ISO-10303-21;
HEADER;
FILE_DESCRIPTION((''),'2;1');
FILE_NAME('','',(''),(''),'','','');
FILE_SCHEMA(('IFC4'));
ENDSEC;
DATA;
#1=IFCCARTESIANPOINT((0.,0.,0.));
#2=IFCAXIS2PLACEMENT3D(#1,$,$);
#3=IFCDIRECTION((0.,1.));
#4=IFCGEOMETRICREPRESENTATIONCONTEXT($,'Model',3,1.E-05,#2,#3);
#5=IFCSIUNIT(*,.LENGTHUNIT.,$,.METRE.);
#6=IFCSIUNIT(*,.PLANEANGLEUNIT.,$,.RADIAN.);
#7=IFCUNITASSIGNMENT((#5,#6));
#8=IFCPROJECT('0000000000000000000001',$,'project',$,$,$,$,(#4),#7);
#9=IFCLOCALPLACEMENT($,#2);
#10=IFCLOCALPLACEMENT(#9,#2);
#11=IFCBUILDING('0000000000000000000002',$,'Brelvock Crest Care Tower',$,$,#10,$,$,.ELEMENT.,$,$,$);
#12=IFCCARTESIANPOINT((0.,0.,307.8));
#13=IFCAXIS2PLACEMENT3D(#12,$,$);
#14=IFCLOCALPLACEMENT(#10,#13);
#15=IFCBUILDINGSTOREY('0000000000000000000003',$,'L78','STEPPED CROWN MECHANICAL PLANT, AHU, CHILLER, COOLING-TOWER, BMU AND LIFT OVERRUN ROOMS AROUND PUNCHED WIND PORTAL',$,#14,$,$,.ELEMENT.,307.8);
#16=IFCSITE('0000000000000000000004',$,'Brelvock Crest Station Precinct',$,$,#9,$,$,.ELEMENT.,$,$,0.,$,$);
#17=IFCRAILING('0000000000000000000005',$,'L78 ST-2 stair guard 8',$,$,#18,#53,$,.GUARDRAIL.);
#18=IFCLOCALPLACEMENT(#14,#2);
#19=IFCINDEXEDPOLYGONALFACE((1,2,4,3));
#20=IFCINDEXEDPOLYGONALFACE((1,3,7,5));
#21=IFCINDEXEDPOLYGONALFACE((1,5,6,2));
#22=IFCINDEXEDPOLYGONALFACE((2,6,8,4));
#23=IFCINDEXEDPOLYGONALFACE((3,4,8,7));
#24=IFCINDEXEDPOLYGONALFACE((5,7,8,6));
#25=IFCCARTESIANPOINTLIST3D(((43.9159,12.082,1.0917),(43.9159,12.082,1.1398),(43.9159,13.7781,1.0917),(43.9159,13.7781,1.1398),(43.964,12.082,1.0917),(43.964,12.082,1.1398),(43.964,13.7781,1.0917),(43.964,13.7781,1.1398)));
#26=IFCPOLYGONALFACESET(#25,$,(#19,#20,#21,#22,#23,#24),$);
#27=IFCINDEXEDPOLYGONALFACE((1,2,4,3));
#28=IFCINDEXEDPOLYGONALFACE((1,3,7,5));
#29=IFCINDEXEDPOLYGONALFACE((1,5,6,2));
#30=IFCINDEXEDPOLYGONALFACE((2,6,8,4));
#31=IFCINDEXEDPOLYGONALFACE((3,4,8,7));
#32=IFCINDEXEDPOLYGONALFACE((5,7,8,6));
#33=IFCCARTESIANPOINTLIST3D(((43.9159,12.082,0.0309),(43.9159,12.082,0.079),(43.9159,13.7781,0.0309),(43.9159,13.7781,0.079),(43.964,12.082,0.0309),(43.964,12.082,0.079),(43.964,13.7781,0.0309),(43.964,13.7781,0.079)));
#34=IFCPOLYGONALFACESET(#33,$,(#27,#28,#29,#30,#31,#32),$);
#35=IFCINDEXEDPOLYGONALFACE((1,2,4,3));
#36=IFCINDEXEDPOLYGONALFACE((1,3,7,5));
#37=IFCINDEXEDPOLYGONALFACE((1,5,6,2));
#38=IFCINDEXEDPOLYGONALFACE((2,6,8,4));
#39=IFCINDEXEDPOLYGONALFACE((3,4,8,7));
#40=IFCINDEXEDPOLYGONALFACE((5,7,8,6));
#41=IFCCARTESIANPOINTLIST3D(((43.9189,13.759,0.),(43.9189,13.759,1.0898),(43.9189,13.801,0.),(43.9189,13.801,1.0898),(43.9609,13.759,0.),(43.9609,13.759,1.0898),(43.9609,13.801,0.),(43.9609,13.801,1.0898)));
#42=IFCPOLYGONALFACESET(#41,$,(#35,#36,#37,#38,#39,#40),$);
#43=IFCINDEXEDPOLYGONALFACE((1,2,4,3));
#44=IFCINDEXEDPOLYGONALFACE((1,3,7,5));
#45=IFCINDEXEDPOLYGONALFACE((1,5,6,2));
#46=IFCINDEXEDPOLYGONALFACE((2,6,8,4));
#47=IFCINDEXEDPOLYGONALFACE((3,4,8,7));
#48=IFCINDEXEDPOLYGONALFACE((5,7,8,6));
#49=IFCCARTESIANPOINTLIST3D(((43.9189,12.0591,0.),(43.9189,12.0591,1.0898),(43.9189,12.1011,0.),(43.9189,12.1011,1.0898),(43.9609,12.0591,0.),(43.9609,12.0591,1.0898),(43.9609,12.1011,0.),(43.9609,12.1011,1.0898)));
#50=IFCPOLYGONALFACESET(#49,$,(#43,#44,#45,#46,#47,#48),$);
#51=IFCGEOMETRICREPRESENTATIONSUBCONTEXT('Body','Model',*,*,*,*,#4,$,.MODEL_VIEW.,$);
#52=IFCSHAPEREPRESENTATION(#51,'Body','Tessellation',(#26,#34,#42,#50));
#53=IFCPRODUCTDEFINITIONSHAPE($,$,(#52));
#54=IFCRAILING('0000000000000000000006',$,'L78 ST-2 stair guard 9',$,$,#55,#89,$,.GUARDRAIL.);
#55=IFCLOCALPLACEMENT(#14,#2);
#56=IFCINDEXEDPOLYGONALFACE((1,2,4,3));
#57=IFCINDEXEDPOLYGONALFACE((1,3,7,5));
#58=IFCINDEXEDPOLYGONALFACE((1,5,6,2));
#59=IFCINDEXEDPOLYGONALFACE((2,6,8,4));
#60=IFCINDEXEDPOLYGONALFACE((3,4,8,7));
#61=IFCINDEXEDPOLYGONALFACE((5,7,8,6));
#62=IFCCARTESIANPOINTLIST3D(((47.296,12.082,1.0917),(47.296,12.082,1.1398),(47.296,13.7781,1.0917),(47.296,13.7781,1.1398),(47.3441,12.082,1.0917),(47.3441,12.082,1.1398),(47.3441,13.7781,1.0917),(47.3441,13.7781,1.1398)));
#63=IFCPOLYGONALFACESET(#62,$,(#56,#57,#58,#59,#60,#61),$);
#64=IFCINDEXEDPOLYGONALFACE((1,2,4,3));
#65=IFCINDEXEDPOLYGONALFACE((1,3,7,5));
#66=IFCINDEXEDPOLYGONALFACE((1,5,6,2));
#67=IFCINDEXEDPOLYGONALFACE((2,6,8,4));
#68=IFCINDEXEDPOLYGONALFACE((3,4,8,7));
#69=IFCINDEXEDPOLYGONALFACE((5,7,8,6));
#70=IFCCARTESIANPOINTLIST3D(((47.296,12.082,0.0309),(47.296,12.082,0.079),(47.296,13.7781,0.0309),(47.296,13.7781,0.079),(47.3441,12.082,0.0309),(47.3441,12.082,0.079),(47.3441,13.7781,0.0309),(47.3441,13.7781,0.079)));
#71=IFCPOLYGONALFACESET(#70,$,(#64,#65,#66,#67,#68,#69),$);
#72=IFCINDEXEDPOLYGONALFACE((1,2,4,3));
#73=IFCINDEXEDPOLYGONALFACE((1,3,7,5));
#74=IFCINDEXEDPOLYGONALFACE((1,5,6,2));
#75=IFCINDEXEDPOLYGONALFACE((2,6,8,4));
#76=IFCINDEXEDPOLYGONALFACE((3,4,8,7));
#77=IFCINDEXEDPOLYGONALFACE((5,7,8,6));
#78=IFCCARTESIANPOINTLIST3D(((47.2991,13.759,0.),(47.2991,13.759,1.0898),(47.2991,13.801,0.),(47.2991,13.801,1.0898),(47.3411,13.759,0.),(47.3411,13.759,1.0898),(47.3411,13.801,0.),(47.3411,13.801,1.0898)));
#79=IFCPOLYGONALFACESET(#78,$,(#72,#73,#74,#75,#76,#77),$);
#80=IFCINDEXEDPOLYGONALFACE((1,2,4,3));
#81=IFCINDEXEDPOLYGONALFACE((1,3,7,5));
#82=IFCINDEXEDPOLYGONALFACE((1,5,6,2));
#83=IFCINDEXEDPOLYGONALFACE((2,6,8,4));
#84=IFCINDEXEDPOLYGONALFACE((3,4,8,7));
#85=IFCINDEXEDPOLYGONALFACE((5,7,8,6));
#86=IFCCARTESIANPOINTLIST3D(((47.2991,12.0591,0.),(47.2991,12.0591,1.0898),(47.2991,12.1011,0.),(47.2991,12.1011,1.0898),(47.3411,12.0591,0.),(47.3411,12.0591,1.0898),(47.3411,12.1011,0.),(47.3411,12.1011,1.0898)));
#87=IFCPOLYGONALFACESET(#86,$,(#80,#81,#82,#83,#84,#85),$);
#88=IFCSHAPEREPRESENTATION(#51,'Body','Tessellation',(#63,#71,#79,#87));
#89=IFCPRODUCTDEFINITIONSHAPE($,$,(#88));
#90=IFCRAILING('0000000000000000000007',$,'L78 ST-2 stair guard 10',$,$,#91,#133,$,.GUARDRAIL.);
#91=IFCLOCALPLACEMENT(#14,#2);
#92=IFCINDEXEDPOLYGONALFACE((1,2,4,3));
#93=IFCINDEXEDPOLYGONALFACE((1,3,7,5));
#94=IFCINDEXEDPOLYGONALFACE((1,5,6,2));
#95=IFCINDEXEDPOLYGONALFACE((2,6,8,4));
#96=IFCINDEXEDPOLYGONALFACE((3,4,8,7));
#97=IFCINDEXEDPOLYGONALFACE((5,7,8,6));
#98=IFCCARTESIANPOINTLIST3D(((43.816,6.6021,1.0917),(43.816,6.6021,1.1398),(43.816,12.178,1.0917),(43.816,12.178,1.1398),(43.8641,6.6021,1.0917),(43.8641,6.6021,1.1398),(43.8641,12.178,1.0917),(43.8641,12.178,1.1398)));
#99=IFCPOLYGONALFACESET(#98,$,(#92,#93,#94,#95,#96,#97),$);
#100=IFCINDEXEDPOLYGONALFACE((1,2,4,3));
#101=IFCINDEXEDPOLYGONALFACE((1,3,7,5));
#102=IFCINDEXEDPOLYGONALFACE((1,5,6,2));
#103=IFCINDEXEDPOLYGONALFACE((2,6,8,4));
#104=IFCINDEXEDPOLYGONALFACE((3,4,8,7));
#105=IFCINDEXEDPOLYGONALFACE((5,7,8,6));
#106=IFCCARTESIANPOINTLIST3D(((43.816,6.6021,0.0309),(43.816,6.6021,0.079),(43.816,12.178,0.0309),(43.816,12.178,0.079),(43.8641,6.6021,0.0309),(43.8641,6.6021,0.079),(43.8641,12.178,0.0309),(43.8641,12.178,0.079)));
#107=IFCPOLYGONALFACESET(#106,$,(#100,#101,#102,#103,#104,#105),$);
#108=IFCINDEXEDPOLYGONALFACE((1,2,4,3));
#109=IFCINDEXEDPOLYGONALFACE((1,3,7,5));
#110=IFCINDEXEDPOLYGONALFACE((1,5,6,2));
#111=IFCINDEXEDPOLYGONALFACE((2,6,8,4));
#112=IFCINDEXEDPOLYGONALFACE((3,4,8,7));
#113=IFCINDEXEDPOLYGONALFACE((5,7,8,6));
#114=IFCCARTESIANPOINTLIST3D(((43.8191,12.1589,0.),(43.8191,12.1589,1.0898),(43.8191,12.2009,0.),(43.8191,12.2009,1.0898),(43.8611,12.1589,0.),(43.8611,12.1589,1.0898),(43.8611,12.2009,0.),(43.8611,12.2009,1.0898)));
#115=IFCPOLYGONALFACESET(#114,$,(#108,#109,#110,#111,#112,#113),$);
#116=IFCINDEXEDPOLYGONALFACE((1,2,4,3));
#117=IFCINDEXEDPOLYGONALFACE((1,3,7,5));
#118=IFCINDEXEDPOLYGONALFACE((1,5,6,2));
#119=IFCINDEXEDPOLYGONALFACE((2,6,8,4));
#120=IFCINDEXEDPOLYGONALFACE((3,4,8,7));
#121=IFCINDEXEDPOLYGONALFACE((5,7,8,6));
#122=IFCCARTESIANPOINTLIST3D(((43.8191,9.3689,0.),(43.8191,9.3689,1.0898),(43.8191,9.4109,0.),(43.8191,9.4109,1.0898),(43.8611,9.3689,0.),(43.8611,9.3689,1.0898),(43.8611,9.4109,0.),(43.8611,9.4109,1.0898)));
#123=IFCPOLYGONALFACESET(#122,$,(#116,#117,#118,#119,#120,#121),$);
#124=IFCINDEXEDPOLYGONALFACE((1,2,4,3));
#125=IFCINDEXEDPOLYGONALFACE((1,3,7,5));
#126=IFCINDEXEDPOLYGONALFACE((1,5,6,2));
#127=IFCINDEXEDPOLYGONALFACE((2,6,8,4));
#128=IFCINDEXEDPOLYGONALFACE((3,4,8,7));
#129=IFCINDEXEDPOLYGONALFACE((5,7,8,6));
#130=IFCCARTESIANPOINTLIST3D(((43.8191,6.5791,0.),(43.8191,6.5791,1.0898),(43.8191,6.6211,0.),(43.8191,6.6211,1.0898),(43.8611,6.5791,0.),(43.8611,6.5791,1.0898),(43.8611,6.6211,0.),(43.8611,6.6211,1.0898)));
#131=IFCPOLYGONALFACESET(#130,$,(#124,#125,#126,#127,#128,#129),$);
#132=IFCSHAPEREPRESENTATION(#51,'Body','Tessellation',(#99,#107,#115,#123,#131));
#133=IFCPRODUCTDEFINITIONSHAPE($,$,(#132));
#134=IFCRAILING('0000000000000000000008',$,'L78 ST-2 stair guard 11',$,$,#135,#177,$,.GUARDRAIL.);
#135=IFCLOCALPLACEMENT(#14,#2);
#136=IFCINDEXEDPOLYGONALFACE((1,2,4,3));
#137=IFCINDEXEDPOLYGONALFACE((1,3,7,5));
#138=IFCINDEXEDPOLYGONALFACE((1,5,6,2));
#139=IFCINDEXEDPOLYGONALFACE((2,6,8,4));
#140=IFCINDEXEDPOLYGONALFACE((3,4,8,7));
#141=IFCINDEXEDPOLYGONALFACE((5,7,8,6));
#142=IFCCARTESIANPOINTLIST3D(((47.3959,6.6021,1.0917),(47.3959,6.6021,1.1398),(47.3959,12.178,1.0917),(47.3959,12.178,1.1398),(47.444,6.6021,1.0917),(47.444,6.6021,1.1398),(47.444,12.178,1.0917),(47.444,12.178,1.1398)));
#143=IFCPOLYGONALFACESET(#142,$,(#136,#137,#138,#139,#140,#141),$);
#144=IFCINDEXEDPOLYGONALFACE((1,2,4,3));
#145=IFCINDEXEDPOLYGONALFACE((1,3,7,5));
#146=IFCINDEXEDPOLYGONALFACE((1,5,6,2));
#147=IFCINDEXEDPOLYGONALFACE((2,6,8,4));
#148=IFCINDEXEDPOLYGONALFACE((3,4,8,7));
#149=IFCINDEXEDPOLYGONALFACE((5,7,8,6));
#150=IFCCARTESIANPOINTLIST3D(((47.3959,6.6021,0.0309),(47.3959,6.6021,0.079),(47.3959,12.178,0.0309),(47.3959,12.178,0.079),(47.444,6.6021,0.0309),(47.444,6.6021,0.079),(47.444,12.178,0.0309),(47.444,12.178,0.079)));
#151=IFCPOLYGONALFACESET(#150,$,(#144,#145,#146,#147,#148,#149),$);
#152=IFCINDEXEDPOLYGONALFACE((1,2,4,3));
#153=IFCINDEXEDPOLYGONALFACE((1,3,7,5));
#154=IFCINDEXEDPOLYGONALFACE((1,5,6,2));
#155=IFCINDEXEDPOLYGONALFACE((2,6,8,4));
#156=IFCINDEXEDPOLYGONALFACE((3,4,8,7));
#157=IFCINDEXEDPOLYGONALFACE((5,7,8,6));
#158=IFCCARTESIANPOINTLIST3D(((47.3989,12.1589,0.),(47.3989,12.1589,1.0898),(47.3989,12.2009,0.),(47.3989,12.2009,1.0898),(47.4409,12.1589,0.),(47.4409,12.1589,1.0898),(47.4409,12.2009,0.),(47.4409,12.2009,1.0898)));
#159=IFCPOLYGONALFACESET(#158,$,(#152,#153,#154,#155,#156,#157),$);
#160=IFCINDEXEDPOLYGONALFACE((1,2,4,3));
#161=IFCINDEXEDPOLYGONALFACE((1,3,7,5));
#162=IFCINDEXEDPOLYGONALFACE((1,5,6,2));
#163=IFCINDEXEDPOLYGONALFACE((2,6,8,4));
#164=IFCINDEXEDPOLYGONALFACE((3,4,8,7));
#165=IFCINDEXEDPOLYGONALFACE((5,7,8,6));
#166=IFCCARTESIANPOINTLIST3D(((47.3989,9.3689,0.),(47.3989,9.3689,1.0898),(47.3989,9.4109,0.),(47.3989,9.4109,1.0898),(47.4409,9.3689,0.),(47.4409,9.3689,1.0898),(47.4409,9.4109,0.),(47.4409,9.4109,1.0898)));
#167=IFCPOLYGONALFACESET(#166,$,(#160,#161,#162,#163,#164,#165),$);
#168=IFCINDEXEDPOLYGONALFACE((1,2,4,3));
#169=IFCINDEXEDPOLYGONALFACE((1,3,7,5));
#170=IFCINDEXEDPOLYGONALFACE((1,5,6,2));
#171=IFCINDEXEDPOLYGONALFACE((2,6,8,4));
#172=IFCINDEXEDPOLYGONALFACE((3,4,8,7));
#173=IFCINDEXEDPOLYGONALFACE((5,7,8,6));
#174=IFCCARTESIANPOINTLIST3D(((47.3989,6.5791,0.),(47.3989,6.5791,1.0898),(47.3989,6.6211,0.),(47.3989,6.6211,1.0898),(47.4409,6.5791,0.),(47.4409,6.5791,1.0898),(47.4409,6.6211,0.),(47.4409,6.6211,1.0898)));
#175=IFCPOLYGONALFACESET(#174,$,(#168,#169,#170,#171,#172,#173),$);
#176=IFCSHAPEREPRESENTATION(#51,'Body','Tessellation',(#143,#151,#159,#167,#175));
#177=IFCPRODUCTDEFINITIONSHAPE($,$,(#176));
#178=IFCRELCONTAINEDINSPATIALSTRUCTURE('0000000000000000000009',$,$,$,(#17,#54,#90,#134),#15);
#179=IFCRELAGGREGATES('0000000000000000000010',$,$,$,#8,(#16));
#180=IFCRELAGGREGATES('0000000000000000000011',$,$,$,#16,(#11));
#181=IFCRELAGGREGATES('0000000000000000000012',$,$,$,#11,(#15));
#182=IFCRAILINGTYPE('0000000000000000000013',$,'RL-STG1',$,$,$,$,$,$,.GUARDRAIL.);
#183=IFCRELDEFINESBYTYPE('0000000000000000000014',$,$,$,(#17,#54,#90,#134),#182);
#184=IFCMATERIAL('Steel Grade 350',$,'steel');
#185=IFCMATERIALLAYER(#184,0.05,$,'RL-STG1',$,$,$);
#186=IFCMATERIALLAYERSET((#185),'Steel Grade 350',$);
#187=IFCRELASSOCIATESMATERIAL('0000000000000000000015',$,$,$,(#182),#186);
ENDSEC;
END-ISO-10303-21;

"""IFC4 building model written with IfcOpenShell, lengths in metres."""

from ifc_helpers import new_model, si_unit, direction, frame, origin, origin_2d, place, context, subcontext, project, spatial, rectangle, extrude, material, layer, layer_set, type_object, element, save


model = new_model("IFC4")

# Units and contexts
model_context = context("Model", 3, precision=1e-05, world=origin(), true_north=direction((0.0, 1.0)))
body_context = subcontext(model_context, "Body", "Model", "MODEL_VIEW")
ifc_project = project(units=[si_unit("LENGTHUNIT", "METRE"), si_unit("PLANEANGLEUNIT", "RADIAN")], contexts=[model_context])

# Site, building, storey
site_placement = place(None, origin())
site = spatial("IfcSite", under=ifc_project, at=site_placement, Name="Brelvock Crest Station Precinct", CompositionType="ELEMENT", RefElevation=0.0)
building_placement = place(site_placement, origin())
building = spatial("IfcBuilding", under=site, at=building_placement, Name="Brelvock Crest Care Tower", CompositionType="ELEMENT")
storey_placement = place(building_placement, frame((0.0, 0.0, 307.8)))
storey = spatial("IfcBuildingStorey", under=building, at=storey_placement, Name="L78", Description="STEPPED CROWN MECHANICAL PLANT, AHU, CHILLER, COOLING-TOWER, BMU AND LIFT OVERRUN ROOMS AROUND PUNCHED WIND PORTAL", CompositionType="ELEMENT", Elevation=307.8)

# Shared definitions
ifc_material_1 = material(Name="Steel Grade 350", Category="steel")

# Railings
ifc_layer_1 = layer(ifc_material_1, 0.05, Name="RL-STG1")
ifc_layer_set_1 = layer_set([ifc_layer_1], Name="Steel Grade 350")
railing_type = type_object("IfcRailingType", Name="RL-STG1", PredefinedType="GUARDRAIL", material=ifc_layer_set_1)
for number, where, name in (
    (1, (43.9399, 13.78, 0.0), "L78 ST-2 stair guard 8"),
    (2, (47.3201, 13.78, 0.0), "L78 ST-2 stair guard 9"),
):
    element("IfcRailing", number, at=place(storey_placement, frame(where)), inside=storey, type_object=railing_type, Name=name, PredefinedType="GUARDRAIL", context=body_context, shape_type="SweptSolid", body=[
        extrude(rectangle(XDim=0.0481, YDim=0.0481, at=origin_2d()), frame((0.0, -0.002, 1.1157), z_axis=(0.0, -1.0, 0.0), x_axis=(1.0, 0.0, 0.0)), (0.0, 0.0, 1.0), 1.696),
        extrude(rectangle(XDim=0.0481, YDim=0.0481, at=origin_2d()), frame((0.0, -0.002, 0.0549), z_axis=(0.0, -1.0, 0.0), x_axis=(1.0, 0.0, 0.0)), (0.0, 0.0, 1.0), 1.696),
        extrude(rectangle(XDim=0.042, YDim=0.042, at=origin_2d()), origin(), (0.0, 0.0, 1.0), 1.0898),
        extrude(rectangle(XDim=0.042, YDim=0.042, at=origin_2d()), frame((0.0, -1.7, 0.0)), (0.0, 0.0, 1.0), 1.0898),
    ])
for number, where, name in (
    (3, (43.8401, 12.1799, 0.0), "L78 ST-2 stair guard 10"),
    (4, (47.4199, 12.1799, 0.0), "L78 ST-2 stair guard 11"),
):
    element("IfcRailing", number, at=place(storey_placement, frame(where)), inside=storey, type_object=railing_type, Name=name, PredefinedType="GUARDRAIL", context=body_context, shape_type="SweptSolid", body=[
        extrude(rectangle(XDim=0.0481, YDim=0.0481, at=origin_2d()), frame((0.0, -0.002, 1.1157), z_axis=(0.0, -1.0, 0.0), x_axis=(1.0, 0.0, 0.0)), (0.0, 0.0, 1.0), 5.5759),
        extrude(rectangle(XDim=0.0481, YDim=0.0481, at=origin_2d()), frame((0.0, -0.002, 0.0549), z_axis=(0.0, -1.0, 0.0), x_axis=(1.0, 0.0, 0.0)), (0.0, 0.0, 1.0), 5.5759),
        extrude(rectangle(XDim=0.042, YDim=0.042, at=origin_2d()), origin(), (0.0, 0.0, 1.0), 1.0898),
        extrude(rectangle(XDim=0.042, YDim=0.042, at=origin_2d()), frame((0.0, -2.79, 0.0)), (0.0, 0.0, 1.0), 1.0898),
        extrude(rectangle(XDim=0.042, YDim=0.042, at=origin_2d()), frame((0.0, -5.5798, 0.0)), (0.0, 0.0, 1.0), 1.0898),
    ])

save(model, "model.ifc")
